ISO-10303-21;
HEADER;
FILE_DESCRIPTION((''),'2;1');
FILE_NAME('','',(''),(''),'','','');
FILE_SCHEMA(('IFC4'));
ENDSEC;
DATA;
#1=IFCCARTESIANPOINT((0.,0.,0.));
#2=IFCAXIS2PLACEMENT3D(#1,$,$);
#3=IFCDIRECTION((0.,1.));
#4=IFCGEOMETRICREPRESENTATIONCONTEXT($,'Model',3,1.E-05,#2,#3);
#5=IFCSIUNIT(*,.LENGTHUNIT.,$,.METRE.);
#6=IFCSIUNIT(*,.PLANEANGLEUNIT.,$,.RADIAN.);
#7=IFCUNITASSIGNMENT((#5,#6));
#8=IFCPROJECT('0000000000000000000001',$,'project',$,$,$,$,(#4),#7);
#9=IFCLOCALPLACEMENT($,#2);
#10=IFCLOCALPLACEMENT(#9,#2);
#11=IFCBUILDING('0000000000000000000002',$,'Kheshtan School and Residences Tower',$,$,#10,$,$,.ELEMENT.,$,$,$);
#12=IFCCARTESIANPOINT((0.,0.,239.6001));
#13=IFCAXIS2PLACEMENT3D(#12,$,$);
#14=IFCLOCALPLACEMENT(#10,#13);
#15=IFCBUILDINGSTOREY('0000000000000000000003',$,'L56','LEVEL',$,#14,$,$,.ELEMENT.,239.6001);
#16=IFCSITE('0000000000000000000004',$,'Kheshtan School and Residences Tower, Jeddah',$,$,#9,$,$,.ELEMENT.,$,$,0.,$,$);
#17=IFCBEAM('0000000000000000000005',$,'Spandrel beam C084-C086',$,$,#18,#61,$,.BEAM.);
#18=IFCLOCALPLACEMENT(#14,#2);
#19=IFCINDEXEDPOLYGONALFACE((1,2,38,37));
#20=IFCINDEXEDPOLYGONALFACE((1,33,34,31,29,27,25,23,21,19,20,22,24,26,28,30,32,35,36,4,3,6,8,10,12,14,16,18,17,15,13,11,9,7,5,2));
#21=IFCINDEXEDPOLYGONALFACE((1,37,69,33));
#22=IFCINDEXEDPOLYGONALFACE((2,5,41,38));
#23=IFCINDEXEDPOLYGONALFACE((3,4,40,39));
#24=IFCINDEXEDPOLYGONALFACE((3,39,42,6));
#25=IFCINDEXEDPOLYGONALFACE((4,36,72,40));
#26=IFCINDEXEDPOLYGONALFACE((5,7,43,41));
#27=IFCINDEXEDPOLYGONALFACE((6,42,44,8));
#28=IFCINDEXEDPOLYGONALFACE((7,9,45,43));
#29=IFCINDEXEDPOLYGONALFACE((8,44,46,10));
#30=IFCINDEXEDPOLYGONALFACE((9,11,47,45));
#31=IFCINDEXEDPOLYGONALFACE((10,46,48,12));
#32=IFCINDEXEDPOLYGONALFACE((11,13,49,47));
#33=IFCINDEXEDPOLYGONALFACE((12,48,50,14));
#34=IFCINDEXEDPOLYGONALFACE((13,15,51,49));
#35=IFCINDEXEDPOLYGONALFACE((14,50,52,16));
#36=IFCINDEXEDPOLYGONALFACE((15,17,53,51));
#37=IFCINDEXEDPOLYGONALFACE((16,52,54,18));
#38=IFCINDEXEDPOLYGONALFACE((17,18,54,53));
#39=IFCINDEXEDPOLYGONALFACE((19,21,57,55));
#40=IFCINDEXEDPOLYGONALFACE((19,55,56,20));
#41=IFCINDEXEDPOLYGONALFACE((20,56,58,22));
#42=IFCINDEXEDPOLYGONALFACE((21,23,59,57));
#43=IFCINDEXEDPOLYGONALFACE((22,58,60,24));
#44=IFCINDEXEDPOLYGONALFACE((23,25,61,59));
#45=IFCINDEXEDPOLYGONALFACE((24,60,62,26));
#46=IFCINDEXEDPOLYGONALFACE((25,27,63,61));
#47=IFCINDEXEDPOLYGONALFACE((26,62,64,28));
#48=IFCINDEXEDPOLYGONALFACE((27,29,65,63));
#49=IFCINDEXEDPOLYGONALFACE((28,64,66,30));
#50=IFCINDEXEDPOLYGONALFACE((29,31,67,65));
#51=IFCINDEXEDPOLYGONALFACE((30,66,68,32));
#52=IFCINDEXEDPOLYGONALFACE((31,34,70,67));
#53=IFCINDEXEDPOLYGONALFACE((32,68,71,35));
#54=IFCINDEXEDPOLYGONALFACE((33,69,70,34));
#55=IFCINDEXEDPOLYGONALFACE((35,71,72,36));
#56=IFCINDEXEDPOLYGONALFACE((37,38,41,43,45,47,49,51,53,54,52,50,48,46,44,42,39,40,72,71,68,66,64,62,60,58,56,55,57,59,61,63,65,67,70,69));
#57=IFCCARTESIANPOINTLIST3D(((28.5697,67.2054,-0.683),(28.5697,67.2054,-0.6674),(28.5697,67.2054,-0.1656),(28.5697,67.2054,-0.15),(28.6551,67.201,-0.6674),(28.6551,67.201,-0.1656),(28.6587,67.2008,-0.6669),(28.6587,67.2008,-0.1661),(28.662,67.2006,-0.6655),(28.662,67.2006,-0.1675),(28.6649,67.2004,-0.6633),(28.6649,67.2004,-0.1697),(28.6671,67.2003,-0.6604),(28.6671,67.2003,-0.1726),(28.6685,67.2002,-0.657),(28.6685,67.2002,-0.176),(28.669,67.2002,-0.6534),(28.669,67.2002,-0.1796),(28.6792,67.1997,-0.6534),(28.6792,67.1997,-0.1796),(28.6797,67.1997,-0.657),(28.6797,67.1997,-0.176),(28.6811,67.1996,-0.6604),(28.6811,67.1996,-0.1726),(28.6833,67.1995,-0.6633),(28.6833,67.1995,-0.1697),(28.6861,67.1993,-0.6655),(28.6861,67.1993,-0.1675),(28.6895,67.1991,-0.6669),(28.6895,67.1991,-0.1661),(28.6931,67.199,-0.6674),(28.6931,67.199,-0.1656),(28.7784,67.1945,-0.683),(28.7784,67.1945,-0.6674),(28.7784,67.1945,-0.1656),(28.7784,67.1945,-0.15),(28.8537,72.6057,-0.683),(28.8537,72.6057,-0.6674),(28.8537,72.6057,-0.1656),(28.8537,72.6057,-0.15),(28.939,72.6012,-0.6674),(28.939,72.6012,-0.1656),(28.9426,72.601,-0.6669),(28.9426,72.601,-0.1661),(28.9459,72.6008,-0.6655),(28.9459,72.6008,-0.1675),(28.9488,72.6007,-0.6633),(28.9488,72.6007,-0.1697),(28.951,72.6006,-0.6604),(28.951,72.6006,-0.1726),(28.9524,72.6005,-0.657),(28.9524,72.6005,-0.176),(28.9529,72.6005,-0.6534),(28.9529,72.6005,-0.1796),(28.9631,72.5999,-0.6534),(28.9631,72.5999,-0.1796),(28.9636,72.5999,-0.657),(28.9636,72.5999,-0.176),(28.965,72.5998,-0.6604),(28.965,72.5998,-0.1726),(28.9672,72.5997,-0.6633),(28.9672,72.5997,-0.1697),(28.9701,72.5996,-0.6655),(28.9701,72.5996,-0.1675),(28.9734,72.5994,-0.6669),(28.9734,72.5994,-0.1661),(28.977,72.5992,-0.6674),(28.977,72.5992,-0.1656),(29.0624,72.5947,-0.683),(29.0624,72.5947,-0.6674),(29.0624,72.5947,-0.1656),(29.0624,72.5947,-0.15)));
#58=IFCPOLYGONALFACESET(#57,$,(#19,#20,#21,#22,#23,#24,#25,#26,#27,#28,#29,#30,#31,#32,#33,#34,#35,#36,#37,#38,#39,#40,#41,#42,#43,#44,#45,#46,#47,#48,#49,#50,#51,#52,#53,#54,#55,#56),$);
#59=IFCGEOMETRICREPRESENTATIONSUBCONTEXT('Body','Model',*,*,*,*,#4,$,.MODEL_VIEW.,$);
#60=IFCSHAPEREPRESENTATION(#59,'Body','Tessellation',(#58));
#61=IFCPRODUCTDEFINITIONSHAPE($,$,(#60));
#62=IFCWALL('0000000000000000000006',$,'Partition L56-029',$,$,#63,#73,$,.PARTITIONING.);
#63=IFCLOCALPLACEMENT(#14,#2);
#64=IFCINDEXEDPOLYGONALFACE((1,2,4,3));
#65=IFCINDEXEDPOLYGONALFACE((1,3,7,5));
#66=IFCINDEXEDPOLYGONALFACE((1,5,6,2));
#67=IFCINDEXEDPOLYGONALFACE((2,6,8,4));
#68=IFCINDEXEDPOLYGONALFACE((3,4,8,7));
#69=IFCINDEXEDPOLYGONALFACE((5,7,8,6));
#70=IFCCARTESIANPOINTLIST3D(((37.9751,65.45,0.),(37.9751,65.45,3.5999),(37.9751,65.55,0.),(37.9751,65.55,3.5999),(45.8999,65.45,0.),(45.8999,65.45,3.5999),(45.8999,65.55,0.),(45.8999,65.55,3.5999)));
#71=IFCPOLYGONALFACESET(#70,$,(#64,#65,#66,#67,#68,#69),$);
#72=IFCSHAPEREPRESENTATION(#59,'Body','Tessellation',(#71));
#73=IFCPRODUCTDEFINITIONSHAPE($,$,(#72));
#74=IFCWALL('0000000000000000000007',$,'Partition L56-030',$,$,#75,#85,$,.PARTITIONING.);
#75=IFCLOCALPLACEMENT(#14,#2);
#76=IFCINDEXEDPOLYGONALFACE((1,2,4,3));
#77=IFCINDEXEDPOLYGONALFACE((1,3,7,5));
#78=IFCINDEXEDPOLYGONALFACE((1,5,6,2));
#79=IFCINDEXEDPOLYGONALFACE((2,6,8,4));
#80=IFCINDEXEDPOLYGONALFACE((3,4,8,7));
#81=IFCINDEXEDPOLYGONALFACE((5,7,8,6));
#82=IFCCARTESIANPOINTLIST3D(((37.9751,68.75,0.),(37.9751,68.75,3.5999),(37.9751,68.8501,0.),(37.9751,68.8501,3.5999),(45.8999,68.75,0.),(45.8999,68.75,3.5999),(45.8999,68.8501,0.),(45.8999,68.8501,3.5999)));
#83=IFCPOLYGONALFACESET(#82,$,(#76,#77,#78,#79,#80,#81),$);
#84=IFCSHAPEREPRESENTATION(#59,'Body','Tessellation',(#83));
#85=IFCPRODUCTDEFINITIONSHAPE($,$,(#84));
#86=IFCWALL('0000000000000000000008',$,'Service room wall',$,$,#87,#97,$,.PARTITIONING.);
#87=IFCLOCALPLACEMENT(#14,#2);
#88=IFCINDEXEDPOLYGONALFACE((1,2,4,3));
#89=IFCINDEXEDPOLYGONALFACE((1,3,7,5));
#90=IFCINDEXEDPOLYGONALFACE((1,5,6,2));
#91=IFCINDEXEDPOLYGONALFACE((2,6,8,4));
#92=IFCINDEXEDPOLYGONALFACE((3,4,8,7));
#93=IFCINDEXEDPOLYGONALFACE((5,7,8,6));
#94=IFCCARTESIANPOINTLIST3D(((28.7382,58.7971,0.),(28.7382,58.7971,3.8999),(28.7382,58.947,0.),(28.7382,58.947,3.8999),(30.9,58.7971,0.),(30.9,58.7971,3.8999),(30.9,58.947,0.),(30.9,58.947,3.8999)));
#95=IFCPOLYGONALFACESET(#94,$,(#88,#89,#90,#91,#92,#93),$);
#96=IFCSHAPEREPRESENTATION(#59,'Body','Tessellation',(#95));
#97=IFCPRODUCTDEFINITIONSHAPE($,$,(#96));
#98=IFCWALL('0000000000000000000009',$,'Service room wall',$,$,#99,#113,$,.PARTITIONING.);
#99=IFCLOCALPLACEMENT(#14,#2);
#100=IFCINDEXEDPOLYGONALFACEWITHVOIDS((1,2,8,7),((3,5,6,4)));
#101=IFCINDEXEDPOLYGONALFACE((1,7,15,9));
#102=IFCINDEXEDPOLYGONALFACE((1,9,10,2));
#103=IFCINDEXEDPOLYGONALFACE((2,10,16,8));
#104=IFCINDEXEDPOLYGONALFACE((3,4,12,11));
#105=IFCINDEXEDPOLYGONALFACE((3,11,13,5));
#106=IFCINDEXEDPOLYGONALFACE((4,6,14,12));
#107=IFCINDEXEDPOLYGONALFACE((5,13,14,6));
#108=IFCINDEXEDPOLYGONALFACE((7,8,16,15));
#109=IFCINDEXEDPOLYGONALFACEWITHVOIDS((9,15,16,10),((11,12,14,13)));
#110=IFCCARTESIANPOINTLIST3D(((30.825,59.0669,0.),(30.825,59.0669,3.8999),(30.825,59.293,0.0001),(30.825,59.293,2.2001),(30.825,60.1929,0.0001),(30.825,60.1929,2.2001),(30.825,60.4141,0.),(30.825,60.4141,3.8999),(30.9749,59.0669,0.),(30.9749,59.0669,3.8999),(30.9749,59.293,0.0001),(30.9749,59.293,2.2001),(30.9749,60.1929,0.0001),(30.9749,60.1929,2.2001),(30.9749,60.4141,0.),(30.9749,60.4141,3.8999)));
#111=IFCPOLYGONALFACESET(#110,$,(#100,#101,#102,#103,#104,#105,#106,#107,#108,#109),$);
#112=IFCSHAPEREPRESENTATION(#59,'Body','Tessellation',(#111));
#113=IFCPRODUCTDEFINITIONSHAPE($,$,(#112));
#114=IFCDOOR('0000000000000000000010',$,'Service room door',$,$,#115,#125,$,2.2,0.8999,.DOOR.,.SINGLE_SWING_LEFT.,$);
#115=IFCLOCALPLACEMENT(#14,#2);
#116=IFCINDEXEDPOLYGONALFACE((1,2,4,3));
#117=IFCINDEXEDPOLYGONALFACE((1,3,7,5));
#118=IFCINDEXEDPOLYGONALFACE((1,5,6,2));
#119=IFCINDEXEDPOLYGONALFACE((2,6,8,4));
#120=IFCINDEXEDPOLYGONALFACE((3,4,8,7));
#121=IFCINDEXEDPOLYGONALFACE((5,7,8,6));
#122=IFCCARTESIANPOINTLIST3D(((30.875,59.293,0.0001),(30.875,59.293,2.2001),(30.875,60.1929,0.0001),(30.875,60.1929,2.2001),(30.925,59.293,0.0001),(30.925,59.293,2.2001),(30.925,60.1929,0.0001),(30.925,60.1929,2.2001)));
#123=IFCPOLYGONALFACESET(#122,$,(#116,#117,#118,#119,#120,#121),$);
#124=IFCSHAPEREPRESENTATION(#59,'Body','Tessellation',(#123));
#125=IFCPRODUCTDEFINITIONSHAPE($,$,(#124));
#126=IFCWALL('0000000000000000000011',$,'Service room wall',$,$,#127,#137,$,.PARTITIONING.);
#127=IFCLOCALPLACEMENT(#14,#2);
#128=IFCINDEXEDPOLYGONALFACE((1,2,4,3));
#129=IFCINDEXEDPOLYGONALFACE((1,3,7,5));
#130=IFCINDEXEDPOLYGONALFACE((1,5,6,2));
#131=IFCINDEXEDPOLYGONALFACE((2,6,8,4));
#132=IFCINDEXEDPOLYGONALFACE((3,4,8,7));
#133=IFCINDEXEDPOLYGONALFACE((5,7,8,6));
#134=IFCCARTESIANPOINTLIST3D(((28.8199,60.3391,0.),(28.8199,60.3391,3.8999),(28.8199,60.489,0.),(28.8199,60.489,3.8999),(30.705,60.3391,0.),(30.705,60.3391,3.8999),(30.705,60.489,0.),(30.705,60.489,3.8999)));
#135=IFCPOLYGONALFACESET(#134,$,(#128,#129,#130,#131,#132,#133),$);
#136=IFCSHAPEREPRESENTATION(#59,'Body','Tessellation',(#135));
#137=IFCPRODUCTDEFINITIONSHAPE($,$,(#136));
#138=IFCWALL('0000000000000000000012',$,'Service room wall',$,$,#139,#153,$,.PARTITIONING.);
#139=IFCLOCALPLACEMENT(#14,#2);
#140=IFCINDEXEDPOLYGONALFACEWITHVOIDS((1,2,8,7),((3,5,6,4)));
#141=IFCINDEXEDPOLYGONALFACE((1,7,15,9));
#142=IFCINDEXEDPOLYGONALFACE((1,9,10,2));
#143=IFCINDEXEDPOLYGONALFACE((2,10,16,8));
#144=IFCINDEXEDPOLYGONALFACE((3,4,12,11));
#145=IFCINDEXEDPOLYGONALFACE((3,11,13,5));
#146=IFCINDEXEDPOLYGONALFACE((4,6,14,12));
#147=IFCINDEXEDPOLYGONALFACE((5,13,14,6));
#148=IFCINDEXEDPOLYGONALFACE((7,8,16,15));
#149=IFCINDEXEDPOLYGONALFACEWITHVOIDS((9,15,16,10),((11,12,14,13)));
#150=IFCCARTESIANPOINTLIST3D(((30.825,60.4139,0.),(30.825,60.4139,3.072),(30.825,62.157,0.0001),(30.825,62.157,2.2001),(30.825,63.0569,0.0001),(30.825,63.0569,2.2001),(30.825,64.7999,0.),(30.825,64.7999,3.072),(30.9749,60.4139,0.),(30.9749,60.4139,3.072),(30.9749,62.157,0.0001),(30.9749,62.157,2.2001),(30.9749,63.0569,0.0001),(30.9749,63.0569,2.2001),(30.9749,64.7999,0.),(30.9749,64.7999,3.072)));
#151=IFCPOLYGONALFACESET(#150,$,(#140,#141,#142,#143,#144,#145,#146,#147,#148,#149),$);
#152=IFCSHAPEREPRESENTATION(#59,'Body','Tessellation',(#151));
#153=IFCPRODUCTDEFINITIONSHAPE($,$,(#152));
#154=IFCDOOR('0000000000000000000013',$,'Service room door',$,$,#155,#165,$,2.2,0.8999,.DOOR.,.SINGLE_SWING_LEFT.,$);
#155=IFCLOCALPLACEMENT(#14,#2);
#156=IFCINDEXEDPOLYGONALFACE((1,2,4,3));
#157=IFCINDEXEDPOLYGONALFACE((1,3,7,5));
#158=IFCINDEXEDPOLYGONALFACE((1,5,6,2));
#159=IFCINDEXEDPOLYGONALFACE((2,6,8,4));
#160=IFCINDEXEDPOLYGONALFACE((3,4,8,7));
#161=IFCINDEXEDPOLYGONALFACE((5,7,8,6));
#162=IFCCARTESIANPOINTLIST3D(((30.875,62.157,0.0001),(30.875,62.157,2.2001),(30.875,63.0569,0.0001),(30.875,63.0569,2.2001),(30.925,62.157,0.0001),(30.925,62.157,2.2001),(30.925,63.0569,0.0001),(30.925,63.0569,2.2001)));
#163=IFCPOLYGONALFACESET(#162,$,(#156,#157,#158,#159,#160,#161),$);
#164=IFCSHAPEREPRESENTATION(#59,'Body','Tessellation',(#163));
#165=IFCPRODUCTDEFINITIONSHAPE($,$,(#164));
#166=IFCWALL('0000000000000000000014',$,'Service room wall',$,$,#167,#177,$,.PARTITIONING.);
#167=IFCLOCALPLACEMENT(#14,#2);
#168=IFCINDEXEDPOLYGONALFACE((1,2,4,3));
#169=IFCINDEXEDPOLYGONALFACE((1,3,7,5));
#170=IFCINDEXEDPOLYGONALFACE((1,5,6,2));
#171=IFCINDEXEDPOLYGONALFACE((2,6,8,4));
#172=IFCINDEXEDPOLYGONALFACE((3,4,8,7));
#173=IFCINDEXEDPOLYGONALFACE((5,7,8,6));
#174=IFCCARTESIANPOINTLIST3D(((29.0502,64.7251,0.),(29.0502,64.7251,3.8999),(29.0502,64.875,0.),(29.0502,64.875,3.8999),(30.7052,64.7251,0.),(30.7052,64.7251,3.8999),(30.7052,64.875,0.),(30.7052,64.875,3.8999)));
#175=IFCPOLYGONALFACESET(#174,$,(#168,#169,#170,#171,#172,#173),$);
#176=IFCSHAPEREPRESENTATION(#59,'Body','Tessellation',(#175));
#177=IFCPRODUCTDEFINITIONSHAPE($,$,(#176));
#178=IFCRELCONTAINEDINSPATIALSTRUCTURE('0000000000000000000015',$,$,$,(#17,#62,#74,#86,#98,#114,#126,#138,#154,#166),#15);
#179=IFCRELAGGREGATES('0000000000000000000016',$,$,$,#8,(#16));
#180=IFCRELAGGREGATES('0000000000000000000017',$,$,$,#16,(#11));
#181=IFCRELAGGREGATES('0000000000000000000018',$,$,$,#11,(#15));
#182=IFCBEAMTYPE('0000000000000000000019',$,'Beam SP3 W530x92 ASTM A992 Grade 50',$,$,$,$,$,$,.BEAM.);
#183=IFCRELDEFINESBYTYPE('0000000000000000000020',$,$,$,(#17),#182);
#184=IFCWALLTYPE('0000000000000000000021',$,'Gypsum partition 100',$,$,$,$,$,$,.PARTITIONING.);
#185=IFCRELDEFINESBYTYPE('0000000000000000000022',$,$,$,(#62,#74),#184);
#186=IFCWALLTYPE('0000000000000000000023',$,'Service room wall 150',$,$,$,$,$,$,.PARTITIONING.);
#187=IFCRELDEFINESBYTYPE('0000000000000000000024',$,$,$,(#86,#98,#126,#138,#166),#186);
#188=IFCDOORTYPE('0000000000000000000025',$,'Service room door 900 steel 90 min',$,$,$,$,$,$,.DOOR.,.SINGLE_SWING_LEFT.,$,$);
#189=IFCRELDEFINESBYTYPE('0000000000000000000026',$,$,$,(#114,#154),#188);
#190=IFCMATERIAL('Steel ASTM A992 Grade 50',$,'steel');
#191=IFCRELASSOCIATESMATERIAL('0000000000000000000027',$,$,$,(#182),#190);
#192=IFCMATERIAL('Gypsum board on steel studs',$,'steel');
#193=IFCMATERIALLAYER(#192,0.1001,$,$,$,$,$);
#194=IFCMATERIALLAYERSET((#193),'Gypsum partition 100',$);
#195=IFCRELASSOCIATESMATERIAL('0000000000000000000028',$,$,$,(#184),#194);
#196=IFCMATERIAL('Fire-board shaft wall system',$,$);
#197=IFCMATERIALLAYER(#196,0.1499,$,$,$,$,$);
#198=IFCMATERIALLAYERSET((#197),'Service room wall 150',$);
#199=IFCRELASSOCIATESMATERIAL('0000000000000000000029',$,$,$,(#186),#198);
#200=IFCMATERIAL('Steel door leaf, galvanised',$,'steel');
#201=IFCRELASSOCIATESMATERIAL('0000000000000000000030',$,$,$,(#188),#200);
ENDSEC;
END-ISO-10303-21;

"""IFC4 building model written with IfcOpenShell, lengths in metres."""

from ifc_helpers import new_model, si_unit, direction, frame, frame_2d, origin, origin_2d, place, context, subcontext, project, spatial, rectangle, i_section, extrude, source, transform, mapped, material, layer, layer_set, material_profile, profile_set, type_object, element, fill, save


model = new_model("IFC4")

# Units and contexts
model_context = context("Model", 3, precision=1e-05, world=origin(), true_north=direction((0.0, 1.0)))
body_context = subcontext(model_context, "Body", "Model", "MODEL_VIEW")
ifc_project = project(units=[si_unit("LENGTHUNIT", "METRE"), si_unit("PLANEANGLEUNIT", "RADIAN")], contexts=[model_context])

# Site, building, storey
site_placement = place(None, origin())
site = spatial("IfcSite", under=ifc_project, at=site_placement, Name="Kheshtan School and Residences Tower, Jeddah", CompositionType="ELEMENT", RefElevation=0.0)
building_placement = place(site_placement, origin())
building = spatial("IfcBuilding", under=site, at=building_placement, Name="Kheshtan School and Residences Tower", CompositionType="ELEMENT")
storey_placement = place(building_placement, frame((0.0, 0.0, 239.6001)))
storey = spatial("IfcBuildingStorey", under=building, at=storey_placement, Name="L56", Description="LEVEL", CompositionType="ELEMENT", Elevation=239.6001)

# Shared definitions
ifc_material_1 = material(Name="Steel ASTM A992 Grade 50", Category="steel")

# Beam
ifc_material_profile_1 = material_profile(ifc_material_1, i_section(OverallWidth=0.209, OverallDepth=0.533, WebThickness=0.0103, FlangeThickness=0.0156, FilletRadius=0.0139, at=origin_2d()), Name="W530x92")
ifc_profile_set_1 = profile_set([ifc_material_profile_1], Name="Steel ASTM A992 Grade 50")
beam_type_1 = type_object("IfcBeamType", Name="Beam SP3 W530x92 ASTM A992 Grade 50", PredefinedType="BEAM", material=ifc_profile_set_1)
beam_1_placement = place(storey_placement, frame((28.6741, 67.2, -0.4165), z_axis=(0.052507, 0.998621, 0.0), x_axis=(-0.998621, 0.052507, 0.0)))
element("IfcBeam", 1, at=beam_1_placement, inside=storey, type_object=beam_type_1, Name="Spandrel beam C084-C086", PredefinedType="BEAM", context=body_context, shape_type="SweptSolid", body=[
    extrude(i_section(OverallWidth=0.209, OverallDepth=0.533, WebThickness=0.0103, FlangeThickness=0.0156, FilletRadius=0.0139, at=origin_2d()), origin(), (0.0, 0.0, 1.0), 5.4077),
])

# Walls
ifc_material_2 = material(Name="Gypsum board on steel studs", Category="steel")
ifc_layer_1 = layer(ifc_material_2, 0.1001)
ifc_layer_set_1 = layer_set([ifc_layer_1], Name="Gypsum partition 100")
wall_type_1 = type_object("IfcWallType", Name="Gypsum partition 100", PredefinedType="PARTITIONING", material=ifc_layer_set_1)
for number, where, z_axis, x_axis, name in (
    (2, (37.9751, 65.5, 0.0), (0.0, 0.0, 1.0), (1.0, 0.0, 0.0), "Partition L56-029"),
    (3, (37.9751, 68.8, 0.0), (0.0, 0.0, 1.0), (1.0, 0.0, 0.0), "Partition L56-030"),
):
    element("IfcWall", number, at=place(storey_placement, frame(where, z_axis=z_axis, x_axis=x_axis)), inside=storey, type_object=wall_type_1, Name=name, PredefinedType="PARTITIONING", context=body_context, shape_type="SweptSolid", body=[
        extrude(rectangle(XDim=7.9248, YDim=0.1001, at=frame_2d((3.9624, 0.0))), origin(), (0.0, 0.0, 1.0), 3.5999),
    ])
ifc_material_3 = material(Name="Fire-board shaft wall system")
ifc_layer_2 = layer(ifc_material_3, 0.1499)
ifc_layer_set_2 = layer_set([ifc_layer_2], Name="Service room wall 150")
wall_type_2 = type_object("IfcWallType", Name="Service room wall 150", PredefinedType="PARTITIONING", material=ifc_layer_set_2)
wall_1_placement = place(storey_placement, frame((28.738, 58.8721, 0.0), z_axis=(0.0, 0.0, 1.0), x_axis=(1.0, 0.0, 0.0)))
element("IfcWall", 4, at=wall_1_placement, inside=storey, type_object=wall_type_2, Name="Service room wall", PredefinedType="PARTITIONING", context=body_context, shape_type="SweptSolid", body=[
    extrude(rectangle(XDim=2.1619, YDim=0.1499, at=frame_2d((1.0811, 0.0))), origin(), (0.0, 0.0, 1.0), 3.8999),
])

# Wall, opening, door
wall_2_placement = place(storey_placement, frame((30.8999, 59.0669, 0.0), z_axis=(0.0, 0.0, 1.0), x_axis=(0.0, 1.0, 0.0)))
wall_2 = element("IfcWall", 5, at=wall_2_placement, inside=storey, type_object=wall_type_2, Name="Service room wall", PredefinedType="PARTITIONING", context=body_context, shape_type="SweptSolid", body=[
    extrude(rectangle(XDim=1.3472, YDim=0.1499, at=frame_2d((0.6736, 0.0))), origin(), (0.0, 0.0, 1.0), 3.8999),
])
opening_1_placement = place(wall_2_placement, frame((0.2261, 0.0, 0.0)))
opening_1 = element("IfcOpeningElement", 6, at=opening_1_placement, cuts=wall_2, PredefinedType="OPENING", context=body_context, shape_type="SweptSolid", body=[
    extrude(rectangle(XDim=0.8999, YDim=2.2, at=frame_2d((0.45, 1.1001))), frame((0.0, 0.085, 0.0), z_axis=(0.0, -1.0, 0.0), x_axis=(1.0, 0.0, 0.0)), (0.0, 0.0, 1.0), 0.1699),
])
ifc_material_4 = material(Name="Steel door leaf, galvanised", Category="steel")
door_type_1 = type_object("IfcDoorType", Name="Service room door 900 steel 90 min", OperationType="SINGLE_SWING_LEFT", PredefinedType="DOOR", material=ifc_material_4)
shared_shape_1 = source(origin(), body_context, "Body", "SweptSolid", [
    extrude(rectangle(XDim=0.8999, YDim=2.2, at=frame_2d((0.45, 1.1001))), frame((0.0, 0.0249, 0.0), z_axis=(0.0, -1.0, 0.0), x_axis=(1.0, 0.0, 0.0)), (0.0, 0.0, 1.0), 0.05),
])
door_1_placement = place(opening_1_placement, origin())
door_1 = element("IfcDoor", 7, at=door_1_placement, inside=storey, type_object=door_type_1, Name="Service room door", OperationType="SINGLE_SWING_LEFT", OverallHeight=2.2, OverallWidth=0.8999, PredefinedType="DOOR", context=body_context, shape_type="MappedRepresentation", body=[
    mapped(shared_shape_1, transform((0.0, 0.0, 0.0), x_axis=(1.0, 0.0, 0.0), y_axis=(0.0, 1.0, 0.0), z_axis=(0.0, 0.0, 1.0), scale=1.0)),
])
fill(opening_1, door_1)

# Wall
wall_3_placement = place(storey_placement, frame((28.8201, 60.4141, 0.0), z_axis=(0.0, 0.0, 1.0), x_axis=(1.0, 0.0, 0.0)))
element("IfcWall", 8, at=wall_3_placement, inside=storey, type_object=wall_type_2, Name="Service room wall", PredefinedType="PARTITIONING", context=body_context, shape_type="SweptSolid", body=[
    extrude(rectangle(XDim=1.885, YDim=0.1499, at=frame_2d((0.9424, 0.0))), origin(), (0.0, 0.0, 1.0), 3.8999),
])

# Wall, opening, door
wall_4_placement = place(storey_placement, frame((30.8999, 60.4141, 0.0), z_axis=(0.0, 0.0, 1.0), x_axis=(0.0, 1.0, 0.0)))
wall_4 = element("IfcWall", 9, at=wall_4_placement, inside=storey, type_object=wall_type_2, Name="Service room wall", PredefinedType="PARTITIONING", context=body_context, shape_type="SweptSolid", body=[
    extrude(rectangle(XDim=4.386, YDim=0.1499, at=frame_2d((2.1929, 0.0))), origin(), (0.0, 0.0, 1.0), 3.072),
])
opening_2_placement = place(wall_4_placement, frame((1.7429, 0.0, 0.0)))
opening_2 = element("IfcOpeningElement", 10, at=opening_2_placement, cuts=wall_4, PredefinedType="OPENING", context=body_context, shape_type="SweptSolid", body=[
    extrude(rectangle(XDim=0.8999, YDim=2.2, at=frame_2d((0.45, 1.1001))), frame((0.0, 0.085, 0.0), z_axis=(0.0, -1.0, 0.0), x_axis=(1.0, 0.0, 0.0)), (0.0, 0.0, 1.0), 0.1699),
])
door_2_placement = place(opening_2_placement, origin())
door_2 = element("IfcDoor", 11, at=door_2_placement, inside=storey, type_object=door_type_1, Name="Service room door", OperationType="SINGLE_SWING_LEFT", OverallHeight=2.2, OverallWidth=0.8999, PredefinedType="DOOR", context=body_context, shape_type="MappedRepresentation", body=[
    mapped(shared_shape_1, transform((0.0, 0.0, 0.0), x_axis=(1.0, 0.0, 0.0), y_axis=(0.0, 1.0, 0.0), z_axis=(0.0, 0.0, 1.0), scale=1.0)),
])
fill(opening_2, door_2)

# Wall
wall_5_placement = place(storey_placement, frame((29.05, 64.8, 0.0), z_axis=(0.0, 0.0, 1.0), x_axis=(1.0, 0.0, 0.0)))
element("IfcWall", 12, at=wall_5_placement, inside=storey, type_object=wall_type_2, Name="Service room wall", PredefinedType="PARTITIONING", context=body_context, shape_type="SweptSolid", body=[
    extrude(rectangle(XDim=1.655, YDim=0.1499, at=frame_2d((0.8276, 0.0))), origin(), (0.0, 0.0, 1.0), 3.8999),
])

save(model, "model.ifc")
